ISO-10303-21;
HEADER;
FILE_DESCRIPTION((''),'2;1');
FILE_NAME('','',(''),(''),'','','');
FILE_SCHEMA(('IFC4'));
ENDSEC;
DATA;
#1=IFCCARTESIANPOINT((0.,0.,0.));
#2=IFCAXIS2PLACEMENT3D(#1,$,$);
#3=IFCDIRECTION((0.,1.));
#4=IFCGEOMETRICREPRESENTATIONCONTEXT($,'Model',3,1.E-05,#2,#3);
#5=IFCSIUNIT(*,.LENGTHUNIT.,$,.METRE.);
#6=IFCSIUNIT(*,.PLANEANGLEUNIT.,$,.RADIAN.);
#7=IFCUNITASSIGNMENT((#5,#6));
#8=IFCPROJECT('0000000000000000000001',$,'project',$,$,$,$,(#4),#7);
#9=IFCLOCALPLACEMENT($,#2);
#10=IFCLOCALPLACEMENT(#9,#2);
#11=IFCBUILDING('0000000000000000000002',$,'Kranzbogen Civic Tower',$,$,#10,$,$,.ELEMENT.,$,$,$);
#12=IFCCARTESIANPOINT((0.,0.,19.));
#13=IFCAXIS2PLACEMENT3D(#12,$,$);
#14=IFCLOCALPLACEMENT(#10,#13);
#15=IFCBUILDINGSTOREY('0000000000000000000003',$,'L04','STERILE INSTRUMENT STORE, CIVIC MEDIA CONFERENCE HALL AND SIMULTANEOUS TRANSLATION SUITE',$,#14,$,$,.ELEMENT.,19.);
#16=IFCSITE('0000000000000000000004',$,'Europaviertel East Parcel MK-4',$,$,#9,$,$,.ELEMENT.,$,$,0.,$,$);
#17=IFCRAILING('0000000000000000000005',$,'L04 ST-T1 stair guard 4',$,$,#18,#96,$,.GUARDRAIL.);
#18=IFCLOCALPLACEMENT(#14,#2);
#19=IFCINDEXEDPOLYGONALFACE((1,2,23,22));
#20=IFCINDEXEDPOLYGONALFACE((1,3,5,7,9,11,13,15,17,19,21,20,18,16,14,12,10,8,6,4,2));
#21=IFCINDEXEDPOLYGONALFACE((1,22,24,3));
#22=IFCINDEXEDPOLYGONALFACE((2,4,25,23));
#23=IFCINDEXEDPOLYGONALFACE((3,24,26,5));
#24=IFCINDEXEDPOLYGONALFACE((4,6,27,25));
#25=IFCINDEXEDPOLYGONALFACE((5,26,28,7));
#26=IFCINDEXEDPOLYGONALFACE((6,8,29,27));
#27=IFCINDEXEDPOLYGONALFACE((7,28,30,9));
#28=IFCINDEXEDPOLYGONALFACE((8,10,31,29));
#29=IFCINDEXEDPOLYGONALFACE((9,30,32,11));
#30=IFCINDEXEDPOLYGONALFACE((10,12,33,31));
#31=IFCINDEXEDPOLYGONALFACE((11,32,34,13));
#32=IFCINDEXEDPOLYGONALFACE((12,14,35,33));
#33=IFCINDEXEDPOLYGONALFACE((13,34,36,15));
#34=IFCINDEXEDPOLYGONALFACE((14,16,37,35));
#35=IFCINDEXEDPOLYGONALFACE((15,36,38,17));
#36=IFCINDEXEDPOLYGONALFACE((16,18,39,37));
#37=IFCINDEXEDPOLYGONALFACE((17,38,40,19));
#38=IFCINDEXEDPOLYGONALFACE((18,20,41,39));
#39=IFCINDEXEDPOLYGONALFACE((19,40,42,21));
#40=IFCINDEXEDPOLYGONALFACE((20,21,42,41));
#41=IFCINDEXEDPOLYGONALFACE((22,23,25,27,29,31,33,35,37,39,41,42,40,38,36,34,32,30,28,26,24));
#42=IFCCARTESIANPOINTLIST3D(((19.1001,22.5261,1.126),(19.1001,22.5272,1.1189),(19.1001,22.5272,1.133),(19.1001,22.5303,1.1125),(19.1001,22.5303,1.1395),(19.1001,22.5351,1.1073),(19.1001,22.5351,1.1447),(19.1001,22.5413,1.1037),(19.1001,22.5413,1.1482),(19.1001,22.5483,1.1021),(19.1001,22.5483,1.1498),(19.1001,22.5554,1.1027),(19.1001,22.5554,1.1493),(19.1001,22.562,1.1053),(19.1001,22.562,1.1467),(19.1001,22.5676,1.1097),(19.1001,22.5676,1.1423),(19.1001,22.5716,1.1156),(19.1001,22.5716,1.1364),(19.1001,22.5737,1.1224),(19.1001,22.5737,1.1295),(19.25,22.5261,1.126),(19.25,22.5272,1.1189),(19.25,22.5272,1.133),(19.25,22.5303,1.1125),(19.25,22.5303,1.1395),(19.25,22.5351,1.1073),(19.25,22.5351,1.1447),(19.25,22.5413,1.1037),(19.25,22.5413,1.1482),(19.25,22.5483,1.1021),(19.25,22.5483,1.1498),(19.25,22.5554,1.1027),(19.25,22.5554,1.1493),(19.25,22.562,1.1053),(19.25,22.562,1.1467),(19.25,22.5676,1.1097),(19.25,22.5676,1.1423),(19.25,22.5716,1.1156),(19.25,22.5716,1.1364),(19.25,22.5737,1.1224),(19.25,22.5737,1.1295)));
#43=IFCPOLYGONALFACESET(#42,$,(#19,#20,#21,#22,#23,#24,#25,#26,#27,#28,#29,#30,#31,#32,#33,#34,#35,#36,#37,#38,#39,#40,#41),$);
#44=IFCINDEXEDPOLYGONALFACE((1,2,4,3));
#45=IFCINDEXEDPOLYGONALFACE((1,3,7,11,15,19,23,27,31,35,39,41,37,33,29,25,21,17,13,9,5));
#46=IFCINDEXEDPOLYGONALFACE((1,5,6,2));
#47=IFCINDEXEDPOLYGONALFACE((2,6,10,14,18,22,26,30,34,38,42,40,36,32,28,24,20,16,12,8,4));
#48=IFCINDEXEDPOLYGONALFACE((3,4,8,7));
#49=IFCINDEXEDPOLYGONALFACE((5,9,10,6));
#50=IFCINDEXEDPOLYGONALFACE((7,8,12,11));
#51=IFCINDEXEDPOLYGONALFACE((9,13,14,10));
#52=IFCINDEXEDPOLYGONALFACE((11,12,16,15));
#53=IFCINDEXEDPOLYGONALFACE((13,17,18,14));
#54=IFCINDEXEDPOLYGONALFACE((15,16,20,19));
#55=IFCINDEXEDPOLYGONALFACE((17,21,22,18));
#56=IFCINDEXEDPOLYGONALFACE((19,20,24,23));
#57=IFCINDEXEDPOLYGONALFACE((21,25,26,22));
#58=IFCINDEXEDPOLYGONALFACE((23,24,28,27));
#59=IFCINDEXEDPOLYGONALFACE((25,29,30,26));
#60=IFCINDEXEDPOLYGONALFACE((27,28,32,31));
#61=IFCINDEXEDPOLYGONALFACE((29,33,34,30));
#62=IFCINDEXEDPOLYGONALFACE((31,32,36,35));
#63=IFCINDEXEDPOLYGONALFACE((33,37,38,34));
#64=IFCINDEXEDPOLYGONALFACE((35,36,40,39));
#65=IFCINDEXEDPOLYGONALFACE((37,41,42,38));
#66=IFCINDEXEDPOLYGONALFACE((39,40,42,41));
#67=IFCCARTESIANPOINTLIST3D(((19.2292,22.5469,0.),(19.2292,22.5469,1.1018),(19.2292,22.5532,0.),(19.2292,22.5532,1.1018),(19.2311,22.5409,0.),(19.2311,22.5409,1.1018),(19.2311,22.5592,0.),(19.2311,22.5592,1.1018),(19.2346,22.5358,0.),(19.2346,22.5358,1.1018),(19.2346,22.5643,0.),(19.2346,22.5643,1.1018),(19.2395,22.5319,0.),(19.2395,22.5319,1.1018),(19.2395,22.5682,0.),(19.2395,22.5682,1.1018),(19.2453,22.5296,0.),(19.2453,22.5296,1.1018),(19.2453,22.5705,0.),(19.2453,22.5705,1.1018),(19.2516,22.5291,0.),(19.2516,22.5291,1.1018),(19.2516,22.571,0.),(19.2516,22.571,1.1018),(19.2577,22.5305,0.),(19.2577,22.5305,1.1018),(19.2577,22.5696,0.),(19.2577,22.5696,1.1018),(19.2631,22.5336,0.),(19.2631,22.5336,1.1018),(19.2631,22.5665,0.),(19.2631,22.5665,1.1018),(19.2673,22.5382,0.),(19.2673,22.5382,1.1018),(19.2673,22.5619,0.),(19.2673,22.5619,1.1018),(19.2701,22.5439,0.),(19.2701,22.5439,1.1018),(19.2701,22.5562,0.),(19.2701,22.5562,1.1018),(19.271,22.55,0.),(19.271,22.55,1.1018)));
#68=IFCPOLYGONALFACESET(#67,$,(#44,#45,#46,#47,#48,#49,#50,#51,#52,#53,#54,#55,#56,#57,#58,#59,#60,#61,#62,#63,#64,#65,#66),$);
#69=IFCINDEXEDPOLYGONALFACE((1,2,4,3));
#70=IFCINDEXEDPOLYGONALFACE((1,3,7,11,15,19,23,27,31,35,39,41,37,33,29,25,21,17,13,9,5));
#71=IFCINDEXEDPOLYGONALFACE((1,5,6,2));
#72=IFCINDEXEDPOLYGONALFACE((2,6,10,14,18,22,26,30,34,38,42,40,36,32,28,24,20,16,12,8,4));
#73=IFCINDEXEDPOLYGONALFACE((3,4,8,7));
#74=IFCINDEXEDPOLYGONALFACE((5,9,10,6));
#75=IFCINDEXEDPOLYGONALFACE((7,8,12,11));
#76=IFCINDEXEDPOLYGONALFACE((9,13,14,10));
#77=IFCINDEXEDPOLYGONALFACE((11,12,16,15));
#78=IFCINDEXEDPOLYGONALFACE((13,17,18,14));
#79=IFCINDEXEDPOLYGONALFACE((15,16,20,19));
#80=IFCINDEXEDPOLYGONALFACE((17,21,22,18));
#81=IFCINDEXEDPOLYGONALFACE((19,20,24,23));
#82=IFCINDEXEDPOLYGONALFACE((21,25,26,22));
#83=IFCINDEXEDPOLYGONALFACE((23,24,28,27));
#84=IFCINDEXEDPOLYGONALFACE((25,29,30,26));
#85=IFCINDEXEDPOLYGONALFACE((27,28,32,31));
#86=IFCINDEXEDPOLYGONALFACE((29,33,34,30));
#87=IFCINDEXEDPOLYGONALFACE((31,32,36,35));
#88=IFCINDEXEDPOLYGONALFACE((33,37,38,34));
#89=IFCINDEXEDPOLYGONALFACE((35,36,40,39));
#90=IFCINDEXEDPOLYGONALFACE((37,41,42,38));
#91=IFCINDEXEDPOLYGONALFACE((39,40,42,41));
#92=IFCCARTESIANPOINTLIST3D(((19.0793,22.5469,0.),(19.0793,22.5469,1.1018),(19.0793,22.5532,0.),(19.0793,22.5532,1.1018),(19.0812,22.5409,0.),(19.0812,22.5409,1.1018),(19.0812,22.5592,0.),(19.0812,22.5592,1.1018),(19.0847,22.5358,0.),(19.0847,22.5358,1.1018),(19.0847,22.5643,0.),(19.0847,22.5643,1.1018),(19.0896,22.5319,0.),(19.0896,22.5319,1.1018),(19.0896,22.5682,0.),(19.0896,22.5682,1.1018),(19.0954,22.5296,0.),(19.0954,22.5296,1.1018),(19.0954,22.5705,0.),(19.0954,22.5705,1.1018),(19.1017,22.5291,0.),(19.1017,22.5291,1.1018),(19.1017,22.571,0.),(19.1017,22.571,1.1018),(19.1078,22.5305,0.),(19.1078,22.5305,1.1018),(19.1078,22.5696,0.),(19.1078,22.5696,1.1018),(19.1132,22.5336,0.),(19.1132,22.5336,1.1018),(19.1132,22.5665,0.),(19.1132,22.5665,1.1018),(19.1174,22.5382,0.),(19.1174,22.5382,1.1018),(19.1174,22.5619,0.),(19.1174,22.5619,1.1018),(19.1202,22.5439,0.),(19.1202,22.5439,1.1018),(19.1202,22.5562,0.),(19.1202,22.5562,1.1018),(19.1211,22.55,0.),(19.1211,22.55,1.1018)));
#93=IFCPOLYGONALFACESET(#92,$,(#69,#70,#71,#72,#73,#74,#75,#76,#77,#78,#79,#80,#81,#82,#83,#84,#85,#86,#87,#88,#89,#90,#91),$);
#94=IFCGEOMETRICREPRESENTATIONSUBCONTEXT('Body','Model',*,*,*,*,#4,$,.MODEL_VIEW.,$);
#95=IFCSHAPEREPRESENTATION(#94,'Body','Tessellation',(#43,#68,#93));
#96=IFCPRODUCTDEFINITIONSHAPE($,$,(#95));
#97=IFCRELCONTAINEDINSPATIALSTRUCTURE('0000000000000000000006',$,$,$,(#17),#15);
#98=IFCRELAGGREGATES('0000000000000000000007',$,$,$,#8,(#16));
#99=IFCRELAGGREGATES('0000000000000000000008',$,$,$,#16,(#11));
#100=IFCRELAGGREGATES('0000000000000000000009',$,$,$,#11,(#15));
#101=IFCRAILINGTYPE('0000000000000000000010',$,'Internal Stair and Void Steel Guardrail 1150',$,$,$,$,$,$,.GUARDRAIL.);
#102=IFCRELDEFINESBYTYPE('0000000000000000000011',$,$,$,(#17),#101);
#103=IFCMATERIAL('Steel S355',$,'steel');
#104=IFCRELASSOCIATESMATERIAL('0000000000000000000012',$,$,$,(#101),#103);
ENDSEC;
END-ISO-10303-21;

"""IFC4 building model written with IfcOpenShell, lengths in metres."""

from ifc_helpers import new_model, si_unit, direction, frame, origin, origin_2d, place, context, subcontext, project, spatial, circle, extrude, material, type_object, element, save


model = new_model("IFC4")

# Units and contexts
model_context = context("Model", 3, precision=1e-05, world=origin(), true_north=direction((0.0, 1.0)))
body_context = subcontext(model_context, "Body", "Model", "MODEL_VIEW")
ifc_project = project(units=[si_unit("LENGTHUNIT", "METRE"), si_unit("PLANEANGLEUNIT", "RADIAN")], contexts=[model_context])

# Site, building, storey
site_placement = place(None, origin())
site = spatial("IfcSite", under=ifc_project, at=site_placement, Name="Europaviertel East Parcel MK-4", CompositionType="ELEMENT", RefElevation=0.0)
building_placement = place(site_placement, origin())
building = spatial("IfcBuilding", under=site, at=building_placement, Name="Kranzbogen Civic Tower", CompositionType="ELEMENT")
storey_placement = place(building_placement, frame((0.0, 0.0, 19.0)))
storey = spatial("IfcBuildingStorey", under=building, at=storey_placement, Name="L04", Description="STERILE INSTRUMENT STORE, CIVIC MEDIA CONFERENCE HALL AND SIMULTANEOUS TRANSLATION SUITE", CompositionType="ELEMENT", Elevation=19.0)

# Shared definitions
ifc_material_1 = material(Name="Steel S355", Category="steel")

# Railing
railing_type_1 = type_object("IfcRailingType", Name="Internal Stair and Void Steel Guardrail 1150", PredefinedType="GUARDRAIL", material=ifc_material_1)
railing_1_placement = place(storey_placement, frame((19.25, 22.55, 0.0)))
element("IfcRailing", 1, at=railing_1_placement, inside=storey, type_object=railing_type_1, Name="L04 ST-T1 stair guard 4", PredefinedType="GUARDRAIL", context=body_context, shape_type="SweptSolid", body=[
    extrude(circle(Radius=0.0239, at=origin_2d()), frame((0.0, 0.0, 1.126), z_axis=(-1.0, 0.0, 0.0), x_axis=(0.0, -1.0, 0.0)), (0.0, 0.0, 1.0), 0.1499),
    extrude(circle(Radius=0.021, at=origin_2d()), origin(), (0.0, 0.0, 1.0), 1.1018),
    extrude(circle(Radius=0.021, at=origin_2d()), frame((-0.1499, 0.0, 0.0)), (0.0, 0.0, 1.0), 1.1018),
])

save(model, "model.ifc")
